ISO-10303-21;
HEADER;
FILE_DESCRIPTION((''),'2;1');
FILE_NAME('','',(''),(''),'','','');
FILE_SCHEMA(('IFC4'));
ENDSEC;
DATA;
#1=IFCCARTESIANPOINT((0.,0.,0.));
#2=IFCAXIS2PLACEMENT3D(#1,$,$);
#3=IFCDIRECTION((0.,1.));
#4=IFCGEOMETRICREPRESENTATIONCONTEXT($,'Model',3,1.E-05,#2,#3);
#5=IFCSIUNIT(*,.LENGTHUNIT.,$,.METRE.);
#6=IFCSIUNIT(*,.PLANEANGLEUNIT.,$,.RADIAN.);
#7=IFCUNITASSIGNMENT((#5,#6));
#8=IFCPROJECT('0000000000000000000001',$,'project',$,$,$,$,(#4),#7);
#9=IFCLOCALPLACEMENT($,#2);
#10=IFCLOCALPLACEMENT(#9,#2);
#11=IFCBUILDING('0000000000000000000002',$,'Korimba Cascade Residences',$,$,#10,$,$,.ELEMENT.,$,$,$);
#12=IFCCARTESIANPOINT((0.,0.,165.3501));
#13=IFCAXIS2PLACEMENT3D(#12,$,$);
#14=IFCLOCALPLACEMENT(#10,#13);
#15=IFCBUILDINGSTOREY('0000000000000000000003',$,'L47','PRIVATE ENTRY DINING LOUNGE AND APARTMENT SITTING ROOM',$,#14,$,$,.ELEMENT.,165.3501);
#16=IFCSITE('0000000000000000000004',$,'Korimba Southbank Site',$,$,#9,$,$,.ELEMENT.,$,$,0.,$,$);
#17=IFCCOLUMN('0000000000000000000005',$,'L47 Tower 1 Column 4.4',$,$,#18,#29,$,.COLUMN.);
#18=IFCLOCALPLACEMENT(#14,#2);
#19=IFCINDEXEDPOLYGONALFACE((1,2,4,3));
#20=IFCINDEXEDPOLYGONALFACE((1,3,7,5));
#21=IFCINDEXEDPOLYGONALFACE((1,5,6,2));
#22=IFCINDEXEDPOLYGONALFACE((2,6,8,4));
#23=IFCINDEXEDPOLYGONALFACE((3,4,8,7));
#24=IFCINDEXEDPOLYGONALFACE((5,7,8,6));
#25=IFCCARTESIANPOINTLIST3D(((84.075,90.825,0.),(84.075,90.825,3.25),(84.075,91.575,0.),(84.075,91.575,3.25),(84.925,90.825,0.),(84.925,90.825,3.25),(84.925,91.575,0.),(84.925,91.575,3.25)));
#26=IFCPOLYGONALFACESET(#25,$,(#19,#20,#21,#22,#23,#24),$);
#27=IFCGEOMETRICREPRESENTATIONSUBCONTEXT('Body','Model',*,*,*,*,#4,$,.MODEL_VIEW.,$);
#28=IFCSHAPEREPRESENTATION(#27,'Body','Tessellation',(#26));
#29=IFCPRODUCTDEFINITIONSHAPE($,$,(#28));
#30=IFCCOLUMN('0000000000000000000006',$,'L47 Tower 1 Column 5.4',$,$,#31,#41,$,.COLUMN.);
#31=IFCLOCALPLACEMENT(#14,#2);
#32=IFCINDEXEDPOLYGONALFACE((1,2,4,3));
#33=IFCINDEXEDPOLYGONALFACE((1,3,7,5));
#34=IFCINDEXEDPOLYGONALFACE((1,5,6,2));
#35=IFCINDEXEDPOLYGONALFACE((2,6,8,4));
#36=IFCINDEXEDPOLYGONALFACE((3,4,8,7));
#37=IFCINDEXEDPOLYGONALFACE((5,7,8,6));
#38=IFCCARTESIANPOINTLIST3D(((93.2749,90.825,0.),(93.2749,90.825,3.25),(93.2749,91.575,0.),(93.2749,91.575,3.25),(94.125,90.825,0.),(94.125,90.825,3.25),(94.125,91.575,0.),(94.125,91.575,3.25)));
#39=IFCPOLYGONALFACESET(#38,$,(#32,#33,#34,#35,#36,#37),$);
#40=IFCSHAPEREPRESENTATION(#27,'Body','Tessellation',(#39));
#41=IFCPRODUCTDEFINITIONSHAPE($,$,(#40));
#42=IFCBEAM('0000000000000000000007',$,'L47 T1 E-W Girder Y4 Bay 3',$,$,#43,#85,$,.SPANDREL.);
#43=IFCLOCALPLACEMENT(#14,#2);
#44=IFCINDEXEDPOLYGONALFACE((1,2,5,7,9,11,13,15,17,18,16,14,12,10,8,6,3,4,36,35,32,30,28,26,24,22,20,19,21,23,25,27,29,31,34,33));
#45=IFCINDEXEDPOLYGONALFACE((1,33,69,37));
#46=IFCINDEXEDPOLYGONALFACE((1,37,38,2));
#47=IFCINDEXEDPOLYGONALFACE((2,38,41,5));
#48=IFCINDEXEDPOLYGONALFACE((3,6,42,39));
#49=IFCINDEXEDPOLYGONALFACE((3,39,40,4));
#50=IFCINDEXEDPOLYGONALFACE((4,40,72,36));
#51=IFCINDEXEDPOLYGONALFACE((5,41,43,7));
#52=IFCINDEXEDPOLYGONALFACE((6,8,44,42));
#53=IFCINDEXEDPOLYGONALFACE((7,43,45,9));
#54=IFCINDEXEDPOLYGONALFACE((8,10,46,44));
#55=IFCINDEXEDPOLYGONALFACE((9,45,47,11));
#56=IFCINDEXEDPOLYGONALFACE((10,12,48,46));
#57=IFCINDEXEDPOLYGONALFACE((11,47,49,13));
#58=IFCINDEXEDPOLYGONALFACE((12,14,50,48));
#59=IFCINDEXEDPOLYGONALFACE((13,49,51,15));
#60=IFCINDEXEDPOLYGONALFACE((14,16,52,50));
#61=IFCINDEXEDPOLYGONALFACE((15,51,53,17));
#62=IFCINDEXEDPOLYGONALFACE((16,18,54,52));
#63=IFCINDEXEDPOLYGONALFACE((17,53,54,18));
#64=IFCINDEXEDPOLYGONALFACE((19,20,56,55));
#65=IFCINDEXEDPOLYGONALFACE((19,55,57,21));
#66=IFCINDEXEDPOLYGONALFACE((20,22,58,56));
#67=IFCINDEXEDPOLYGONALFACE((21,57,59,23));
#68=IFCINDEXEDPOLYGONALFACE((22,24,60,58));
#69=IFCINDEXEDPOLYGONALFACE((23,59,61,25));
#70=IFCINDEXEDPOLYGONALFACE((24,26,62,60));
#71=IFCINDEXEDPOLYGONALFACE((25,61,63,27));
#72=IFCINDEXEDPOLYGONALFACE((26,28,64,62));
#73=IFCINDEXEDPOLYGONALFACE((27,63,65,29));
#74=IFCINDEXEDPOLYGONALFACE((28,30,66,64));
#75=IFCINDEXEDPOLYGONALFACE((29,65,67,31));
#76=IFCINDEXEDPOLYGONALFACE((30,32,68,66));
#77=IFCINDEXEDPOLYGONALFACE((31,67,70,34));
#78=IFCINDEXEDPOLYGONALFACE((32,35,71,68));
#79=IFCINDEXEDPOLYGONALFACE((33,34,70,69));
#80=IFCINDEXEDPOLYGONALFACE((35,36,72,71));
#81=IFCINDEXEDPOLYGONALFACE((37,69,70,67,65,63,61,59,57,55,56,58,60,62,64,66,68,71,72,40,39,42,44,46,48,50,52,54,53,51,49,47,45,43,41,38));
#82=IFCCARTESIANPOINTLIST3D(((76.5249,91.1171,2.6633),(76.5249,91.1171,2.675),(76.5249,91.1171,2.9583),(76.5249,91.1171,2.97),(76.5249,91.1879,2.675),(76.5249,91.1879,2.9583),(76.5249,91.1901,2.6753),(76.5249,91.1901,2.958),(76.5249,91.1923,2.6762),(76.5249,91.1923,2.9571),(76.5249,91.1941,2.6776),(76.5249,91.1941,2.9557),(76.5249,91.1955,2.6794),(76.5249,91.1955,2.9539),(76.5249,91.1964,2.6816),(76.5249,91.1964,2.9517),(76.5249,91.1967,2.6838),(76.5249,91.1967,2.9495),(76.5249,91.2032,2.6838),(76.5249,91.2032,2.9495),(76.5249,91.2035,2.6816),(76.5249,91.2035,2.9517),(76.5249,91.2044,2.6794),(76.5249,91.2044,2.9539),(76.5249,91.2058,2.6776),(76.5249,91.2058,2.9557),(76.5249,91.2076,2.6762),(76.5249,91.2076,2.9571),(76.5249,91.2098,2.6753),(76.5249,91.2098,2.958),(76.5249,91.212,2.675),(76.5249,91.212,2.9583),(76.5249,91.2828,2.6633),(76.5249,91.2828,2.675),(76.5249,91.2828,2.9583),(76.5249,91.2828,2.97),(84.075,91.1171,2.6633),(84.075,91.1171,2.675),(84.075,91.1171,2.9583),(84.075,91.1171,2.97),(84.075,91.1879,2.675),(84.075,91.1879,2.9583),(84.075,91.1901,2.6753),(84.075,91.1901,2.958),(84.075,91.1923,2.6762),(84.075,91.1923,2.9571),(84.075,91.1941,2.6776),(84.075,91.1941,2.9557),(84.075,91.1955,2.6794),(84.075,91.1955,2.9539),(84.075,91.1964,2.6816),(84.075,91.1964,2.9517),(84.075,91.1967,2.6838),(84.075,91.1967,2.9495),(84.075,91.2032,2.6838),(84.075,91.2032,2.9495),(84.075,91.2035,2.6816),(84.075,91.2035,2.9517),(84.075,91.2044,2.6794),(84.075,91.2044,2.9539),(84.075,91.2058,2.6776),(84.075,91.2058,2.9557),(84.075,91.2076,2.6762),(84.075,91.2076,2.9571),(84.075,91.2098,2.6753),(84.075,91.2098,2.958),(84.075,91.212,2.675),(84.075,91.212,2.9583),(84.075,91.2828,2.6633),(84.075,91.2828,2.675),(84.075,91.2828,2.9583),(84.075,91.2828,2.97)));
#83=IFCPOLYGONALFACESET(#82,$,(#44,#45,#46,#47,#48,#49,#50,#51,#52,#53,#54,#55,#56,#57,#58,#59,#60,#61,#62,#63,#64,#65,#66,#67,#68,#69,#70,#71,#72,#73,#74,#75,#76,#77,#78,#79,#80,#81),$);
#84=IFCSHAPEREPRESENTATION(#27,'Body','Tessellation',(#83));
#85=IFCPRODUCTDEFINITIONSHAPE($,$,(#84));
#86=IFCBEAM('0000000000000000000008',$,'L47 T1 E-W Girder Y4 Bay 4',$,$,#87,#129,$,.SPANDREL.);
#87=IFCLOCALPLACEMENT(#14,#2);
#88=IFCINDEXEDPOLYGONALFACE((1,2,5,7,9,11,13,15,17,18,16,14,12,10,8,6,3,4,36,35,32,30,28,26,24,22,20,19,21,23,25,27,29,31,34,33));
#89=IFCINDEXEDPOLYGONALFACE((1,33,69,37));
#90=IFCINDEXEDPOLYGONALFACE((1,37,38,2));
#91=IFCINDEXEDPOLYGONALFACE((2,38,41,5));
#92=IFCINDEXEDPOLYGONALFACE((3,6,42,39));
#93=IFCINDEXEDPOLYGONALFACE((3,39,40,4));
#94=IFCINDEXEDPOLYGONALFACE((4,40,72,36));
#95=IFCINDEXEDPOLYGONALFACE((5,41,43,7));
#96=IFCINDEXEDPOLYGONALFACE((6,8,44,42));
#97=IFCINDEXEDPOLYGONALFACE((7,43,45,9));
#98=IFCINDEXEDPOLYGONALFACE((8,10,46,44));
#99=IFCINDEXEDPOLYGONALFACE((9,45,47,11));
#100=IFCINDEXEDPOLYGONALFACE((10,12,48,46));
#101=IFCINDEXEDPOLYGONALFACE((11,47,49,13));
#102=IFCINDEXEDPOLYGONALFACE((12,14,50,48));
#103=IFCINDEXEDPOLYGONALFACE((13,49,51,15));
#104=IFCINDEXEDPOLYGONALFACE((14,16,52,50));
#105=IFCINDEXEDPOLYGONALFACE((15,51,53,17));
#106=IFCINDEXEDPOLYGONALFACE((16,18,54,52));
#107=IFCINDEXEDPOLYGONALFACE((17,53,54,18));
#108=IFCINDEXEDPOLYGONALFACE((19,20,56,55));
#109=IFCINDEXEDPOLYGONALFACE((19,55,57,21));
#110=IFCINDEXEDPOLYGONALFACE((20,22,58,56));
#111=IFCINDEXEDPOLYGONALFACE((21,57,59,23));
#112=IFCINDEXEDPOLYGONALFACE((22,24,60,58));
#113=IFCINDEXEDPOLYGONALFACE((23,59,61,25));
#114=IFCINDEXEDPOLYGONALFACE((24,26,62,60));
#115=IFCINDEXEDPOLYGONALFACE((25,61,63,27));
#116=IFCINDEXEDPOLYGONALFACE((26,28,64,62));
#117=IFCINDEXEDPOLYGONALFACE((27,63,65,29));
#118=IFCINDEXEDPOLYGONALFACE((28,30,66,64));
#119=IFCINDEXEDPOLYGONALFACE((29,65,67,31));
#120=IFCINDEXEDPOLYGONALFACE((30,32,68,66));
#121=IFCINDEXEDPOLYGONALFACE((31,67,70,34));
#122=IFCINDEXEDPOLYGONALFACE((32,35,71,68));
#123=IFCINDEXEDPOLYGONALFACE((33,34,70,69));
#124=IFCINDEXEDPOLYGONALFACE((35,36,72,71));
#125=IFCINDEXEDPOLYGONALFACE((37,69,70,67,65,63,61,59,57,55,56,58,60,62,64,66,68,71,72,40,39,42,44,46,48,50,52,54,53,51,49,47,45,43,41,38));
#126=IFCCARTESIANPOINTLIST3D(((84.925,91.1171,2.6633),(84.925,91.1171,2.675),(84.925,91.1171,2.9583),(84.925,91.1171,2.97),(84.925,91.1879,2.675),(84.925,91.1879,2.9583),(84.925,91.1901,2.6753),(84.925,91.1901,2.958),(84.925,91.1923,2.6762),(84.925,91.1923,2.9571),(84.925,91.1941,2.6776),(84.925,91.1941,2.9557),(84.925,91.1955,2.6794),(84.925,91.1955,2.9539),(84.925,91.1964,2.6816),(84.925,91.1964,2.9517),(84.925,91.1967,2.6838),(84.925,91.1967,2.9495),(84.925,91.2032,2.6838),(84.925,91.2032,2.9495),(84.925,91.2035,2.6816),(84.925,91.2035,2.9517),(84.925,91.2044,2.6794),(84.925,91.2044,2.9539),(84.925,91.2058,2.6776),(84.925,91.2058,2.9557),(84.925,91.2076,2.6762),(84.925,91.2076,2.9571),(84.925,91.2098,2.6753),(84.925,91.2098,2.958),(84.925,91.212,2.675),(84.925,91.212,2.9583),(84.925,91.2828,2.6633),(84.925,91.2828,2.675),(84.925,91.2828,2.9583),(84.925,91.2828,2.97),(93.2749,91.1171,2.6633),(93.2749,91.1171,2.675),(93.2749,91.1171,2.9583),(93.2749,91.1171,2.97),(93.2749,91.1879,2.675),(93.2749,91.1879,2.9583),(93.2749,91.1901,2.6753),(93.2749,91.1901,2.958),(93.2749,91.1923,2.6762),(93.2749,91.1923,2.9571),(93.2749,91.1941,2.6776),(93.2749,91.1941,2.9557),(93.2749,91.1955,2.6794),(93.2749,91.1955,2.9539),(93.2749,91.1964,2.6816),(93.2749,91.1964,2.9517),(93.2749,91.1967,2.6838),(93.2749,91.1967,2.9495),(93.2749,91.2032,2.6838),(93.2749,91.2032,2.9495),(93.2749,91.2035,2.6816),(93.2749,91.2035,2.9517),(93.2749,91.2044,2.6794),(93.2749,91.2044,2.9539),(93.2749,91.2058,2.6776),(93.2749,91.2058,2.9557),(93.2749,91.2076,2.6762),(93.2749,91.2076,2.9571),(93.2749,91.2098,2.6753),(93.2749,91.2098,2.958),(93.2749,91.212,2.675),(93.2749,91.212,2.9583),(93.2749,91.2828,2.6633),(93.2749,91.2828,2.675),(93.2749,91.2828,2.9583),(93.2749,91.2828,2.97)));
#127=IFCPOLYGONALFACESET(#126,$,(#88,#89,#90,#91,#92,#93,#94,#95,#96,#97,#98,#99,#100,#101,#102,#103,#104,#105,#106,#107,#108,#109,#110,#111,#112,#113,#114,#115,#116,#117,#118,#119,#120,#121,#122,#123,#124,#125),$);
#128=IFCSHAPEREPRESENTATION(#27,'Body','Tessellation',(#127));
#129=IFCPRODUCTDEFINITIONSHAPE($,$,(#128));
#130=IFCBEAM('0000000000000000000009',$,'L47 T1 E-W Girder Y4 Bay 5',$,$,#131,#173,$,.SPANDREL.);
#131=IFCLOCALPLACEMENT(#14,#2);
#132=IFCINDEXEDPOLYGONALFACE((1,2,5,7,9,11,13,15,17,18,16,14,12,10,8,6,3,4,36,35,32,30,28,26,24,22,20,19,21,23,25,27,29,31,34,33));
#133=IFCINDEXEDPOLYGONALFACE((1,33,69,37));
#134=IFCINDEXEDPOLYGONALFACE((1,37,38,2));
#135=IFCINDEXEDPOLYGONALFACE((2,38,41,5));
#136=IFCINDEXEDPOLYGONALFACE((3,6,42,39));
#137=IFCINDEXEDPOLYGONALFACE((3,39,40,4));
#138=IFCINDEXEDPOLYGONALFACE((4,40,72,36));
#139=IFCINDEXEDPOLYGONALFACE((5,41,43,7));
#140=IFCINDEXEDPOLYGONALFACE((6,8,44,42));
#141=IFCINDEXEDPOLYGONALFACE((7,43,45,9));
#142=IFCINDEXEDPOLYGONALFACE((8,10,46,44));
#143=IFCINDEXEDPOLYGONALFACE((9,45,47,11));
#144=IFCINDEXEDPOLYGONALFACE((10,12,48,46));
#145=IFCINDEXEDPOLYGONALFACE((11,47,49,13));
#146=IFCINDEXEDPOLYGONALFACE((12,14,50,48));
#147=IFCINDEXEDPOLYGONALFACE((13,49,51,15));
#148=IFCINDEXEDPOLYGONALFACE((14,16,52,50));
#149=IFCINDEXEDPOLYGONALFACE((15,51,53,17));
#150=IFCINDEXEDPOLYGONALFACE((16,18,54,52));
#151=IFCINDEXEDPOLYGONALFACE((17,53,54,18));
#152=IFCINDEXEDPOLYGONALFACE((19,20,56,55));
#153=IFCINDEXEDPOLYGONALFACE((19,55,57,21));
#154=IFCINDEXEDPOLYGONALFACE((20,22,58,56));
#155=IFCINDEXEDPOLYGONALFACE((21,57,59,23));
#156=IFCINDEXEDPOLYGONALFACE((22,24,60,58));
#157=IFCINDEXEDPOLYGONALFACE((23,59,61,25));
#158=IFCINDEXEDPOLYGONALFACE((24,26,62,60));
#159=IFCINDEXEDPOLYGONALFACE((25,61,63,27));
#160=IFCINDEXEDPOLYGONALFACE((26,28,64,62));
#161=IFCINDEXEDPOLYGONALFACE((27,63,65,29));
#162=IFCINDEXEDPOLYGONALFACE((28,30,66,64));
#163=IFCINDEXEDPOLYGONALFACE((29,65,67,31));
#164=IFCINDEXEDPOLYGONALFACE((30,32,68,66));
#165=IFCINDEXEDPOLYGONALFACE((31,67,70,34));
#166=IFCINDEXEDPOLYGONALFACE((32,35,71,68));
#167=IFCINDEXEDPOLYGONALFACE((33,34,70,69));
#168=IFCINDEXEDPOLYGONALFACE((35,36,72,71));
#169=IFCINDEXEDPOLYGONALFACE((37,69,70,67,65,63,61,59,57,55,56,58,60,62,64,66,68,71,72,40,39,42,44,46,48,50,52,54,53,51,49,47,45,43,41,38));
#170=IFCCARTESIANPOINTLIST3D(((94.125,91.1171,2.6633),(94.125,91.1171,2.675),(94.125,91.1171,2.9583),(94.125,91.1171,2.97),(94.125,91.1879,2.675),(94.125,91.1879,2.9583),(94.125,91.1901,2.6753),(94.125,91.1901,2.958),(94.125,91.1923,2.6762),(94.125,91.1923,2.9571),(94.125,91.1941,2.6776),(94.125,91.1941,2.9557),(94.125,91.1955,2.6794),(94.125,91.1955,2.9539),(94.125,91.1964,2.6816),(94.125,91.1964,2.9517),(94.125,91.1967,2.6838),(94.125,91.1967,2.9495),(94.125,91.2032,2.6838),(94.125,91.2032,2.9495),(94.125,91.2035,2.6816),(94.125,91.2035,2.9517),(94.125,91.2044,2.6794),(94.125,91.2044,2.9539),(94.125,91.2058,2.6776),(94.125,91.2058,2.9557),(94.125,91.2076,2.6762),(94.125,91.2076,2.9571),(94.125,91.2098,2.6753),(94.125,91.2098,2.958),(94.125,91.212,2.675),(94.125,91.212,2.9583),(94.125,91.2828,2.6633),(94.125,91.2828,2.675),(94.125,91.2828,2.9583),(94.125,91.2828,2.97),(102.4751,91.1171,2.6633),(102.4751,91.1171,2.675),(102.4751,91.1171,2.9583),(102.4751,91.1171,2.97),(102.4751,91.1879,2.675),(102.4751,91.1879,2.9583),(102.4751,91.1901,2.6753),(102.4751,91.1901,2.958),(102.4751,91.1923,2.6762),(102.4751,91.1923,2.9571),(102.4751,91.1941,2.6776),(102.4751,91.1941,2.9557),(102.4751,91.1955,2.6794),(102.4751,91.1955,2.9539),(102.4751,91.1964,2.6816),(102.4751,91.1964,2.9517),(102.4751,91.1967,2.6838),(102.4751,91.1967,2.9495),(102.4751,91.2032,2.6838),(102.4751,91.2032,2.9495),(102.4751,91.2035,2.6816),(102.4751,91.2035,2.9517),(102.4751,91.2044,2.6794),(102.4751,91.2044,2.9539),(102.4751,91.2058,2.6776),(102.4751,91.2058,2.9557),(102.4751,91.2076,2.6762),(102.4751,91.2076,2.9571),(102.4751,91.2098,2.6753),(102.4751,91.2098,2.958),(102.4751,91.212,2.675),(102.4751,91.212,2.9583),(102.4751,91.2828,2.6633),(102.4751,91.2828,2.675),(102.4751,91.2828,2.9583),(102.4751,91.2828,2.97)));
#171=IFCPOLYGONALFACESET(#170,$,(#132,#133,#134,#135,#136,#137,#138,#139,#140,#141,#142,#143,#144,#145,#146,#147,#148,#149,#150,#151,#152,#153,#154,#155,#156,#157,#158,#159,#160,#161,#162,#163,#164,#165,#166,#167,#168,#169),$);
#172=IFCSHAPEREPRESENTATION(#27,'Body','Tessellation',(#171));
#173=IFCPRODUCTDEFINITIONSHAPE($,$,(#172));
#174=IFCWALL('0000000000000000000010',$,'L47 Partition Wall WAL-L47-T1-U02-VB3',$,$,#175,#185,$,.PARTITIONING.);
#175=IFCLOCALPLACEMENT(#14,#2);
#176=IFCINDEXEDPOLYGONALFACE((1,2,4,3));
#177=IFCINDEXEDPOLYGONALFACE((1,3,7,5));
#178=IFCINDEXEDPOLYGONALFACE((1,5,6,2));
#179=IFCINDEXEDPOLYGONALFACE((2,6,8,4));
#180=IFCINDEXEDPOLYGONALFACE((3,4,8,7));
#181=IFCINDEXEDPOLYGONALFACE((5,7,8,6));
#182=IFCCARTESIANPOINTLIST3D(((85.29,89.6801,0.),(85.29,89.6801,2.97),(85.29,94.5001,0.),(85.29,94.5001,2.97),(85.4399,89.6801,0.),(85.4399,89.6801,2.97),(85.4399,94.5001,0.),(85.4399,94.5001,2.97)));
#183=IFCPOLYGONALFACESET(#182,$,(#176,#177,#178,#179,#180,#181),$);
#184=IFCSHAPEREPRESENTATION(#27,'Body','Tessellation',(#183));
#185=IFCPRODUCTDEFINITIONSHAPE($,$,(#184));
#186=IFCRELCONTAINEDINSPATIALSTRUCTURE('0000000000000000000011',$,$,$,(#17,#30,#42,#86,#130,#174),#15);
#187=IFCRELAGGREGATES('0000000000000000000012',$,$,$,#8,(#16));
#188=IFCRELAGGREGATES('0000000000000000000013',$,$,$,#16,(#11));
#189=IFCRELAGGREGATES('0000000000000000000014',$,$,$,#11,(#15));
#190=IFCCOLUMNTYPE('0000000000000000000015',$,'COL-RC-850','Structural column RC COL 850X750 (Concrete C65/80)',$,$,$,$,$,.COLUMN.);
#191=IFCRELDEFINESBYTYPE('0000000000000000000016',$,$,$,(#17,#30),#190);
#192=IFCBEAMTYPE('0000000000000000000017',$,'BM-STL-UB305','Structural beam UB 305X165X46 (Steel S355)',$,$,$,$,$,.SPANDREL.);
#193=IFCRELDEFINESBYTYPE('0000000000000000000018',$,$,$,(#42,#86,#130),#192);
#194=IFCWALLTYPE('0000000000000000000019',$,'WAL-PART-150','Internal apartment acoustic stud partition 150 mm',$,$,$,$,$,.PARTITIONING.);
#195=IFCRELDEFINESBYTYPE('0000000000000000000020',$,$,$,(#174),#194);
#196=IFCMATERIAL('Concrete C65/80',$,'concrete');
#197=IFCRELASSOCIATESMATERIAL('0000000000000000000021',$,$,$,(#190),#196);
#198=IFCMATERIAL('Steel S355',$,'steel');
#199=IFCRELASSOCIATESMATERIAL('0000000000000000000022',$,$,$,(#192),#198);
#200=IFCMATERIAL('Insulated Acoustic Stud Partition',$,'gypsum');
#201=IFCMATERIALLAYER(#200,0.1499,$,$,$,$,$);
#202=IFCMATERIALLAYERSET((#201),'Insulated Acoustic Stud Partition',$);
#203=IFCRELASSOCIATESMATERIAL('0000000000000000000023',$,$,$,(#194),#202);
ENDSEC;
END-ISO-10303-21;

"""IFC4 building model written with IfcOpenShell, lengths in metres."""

from ifc_helpers import new_model, si_unit, direction, frame, frame_2d, origin, origin_2d, place, context, subcontext, project, spatial, rectangle, i_section, extrude, material, layer, layer_set, material_profile, profile_set, type_object, element, save


model = new_model("IFC4")

# Units and contexts
model_context = context("Model", 3, precision=1e-05, world=origin(), true_north=direction((0.0, 1.0)))
body_context = subcontext(model_context, "Body", "Model", "MODEL_VIEW")
ifc_project = project(units=[si_unit("LENGTHUNIT", "METRE"), si_unit("PLANEANGLEUNIT", "RADIAN")], contexts=[model_context])

# Site, building, storey
site_placement = place(None, origin())
site = spatial("IfcSite", under=ifc_project, at=site_placement, Name="Korimba Southbank Site", CompositionType="ELEMENT", RefElevation=0.0)
building_placement = place(site_placement, origin())
building = spatial("IfcBuilding", under=site, at=building_placement, Name="Korimba Cascade Residences", CompositionType="ELEMENT")
storey_placement = place(building_placement, frame((0.0, 0.0, 165.3501)))
storey = spatial("IfcBuildingStorey", under=building, at=storey_placement, Name="L47", Description="PRIVATE ENTRY DINING LOUNGE AND APARTMENT SITTING ROOM", CompositionType="ELEMENT", Elevation=165.3501)

# Columns
ifc_material_1 = material(Name="Concrete C65/80", Category="concrete")
ifc_material_profile_1 = material_profile(ifc_material_1, rectangle(XDim=0.8501, YDim=0.75, at=origin_2d()), Name="Concrete C65/80")
ifc_profile_set_1 = profile_set([ifc_material_profile_1], Name="Concrete C65/80")
column_type = type_object("IfcColumnType", Name="COL-RC-850", Description="Structural column RC COL 850X750 (Concrete C65/80)", PredefinedType="COLUMN", material=ifc_profile_set_1)
for number, where, z_axis, x_axis, name in (
    (1, (84.5, 91.2, 0.0), (0.0, 0.0, 1.0), (1.0, 0.0, 0.0), "L47 Tower 1 Column 4.4"),
    (2, (93.7, 91.2, 0.0), (0.0, 0.0, 1.0), (1.0, 0.0, 0.0), "L47 Tower 1 Column 5.4"),
):
    element("IfcColumn", number, at=place(storey_placement, frame(where, z_axis=z_axis, x_axis=x_axis)), inside=storey, type_object=column_type, Name=name, PredefinedType="COLUMN", context=body_context, shape_type="SweptSolid", body=[
        extrude(rectangle(XDim=0.8501, YDim=0.75, at=origin_2d()), origin(), (0.0, 0.0, 1.0), 3.25),
    ])

# Beams
ifc_material_2 = material(Name="Steel S355", Category="steel")
ifc_material_profile_2 = material_profile(ifc_material_2, i_section(OverallWidth=0.1658, OverallDepth=0.3066, WebThickness=0.0066, FlangeThickness=0.0117, FilletRadius=0.0088, at=origin_2d()), Name="Steel S355")
ifc_profile_set_2 = profile_set([ifc_material_profile_2], Name="Steel S355")
beam_type = type_object("IfcBeamType", Name="BM-STL-UB305", Description="Structural beam UB 305X165X46 (Steel S355)", PredefinedType="SPANDREL", material=ifc_profile_set_2)
beam_1_placement = place(storey_placement, frame((76.5249, 91.2, 2.8167), z_axis=(1.0, 0.0, 0.0), x_axis=(0.0, 1.0, 0.0)))
element("IfcBeam", 3, at=beam_1_placement, inside=storey, type_object=beam_type, Name="L47 T1 E-W Girder Y4 Bay 3", PredefinedType="SPANDREL", context=body_context, shape_type="SweptSolid", body=[
    extrude(i_section(OverallWidth=0.1658, OverallDepth=0.3066, WebThickness=0.0066, FlangeThickness=0.0117, FilletRadius=0.0088, at=origin_2d()), origin(), (0.0, 0.0, 1.0), 7.55),
])
beam_2_placement = place(storey_placement, frame((84.925, 91.2, 2.8167), z_axis=(1.0, 0.0, 0.0), x_axis=(0.0, 1.0, 0.0)))
element("IfcBeam", 4, at=beam_2_placement, inside=storey, type_object=beam_type, Name="L47 T1 E-W Girder Y4 Bay 4", PredefinedType="SPANDREL", context=body_context, shape_type="SweptSolid", body=[
    extrude(i_section(OverallWidth=0.1658, OverallDepth=0.3066, WebThickness=0.0066, FlangeThickness=0.0117, FilletRadius=0.0088, at=origin_2d()), origin(), (0.0, 0.0, 1.0), 8.3499),
])
beam_3_placement = place(storey_placement, frame((94.125, 91.2, 2.8167), z_axis=(1.0, 0.0, 0.0), x_axis=(0.0, 1.0, 0.0)))
element("IfcBeam", 5, at=beam_3_placement, inside=storey, type_object=beam_type, Name="L47 T1 E-W Girder Y4 Bay 5", PredefinedType="SPANDREL", context=body_context, shape_type="SweptSolid", body=[
    extrude(i_section(OverallWidth=0.1658, OverallDepth=0.3066, WebThickness=0.0066, FlangeThickness=0.0117, FilletRadius=0.0088, at=origin_2d()), origin(), (0.0, 0.0, 1.0), 8.3501),
])

# Wall
ifc_material_3 = material(Name="Insulated Acoustic Stud Partition", Category="gypsum")
ifc_layer = layer(ifc_material_3, 0.1499)
ifc_layer_set = layer_set([ifc_layer], Name="Insulated Acoustic Stud Partition")
wall_type = type_object("IfcWallType", Name="WAL-PART-150", Description="Internal apartment acoustic stud partition 150 mm", PredefinedType="PARTITIONING", material=ifc_layer_set)
wall_1_placement = place(storey_placement, frame((85.365, 89.6799, 0.0), z_axis=(0.0, 0.0, 1.0), x_axis=(0.0, 1.0, 0.0)))
element("IfcWall", 6, at=wall_1_placement, inside=storey, type_object=wall_type, Name="L47 Partition Wall WAL-L47-T1-U02-VB3", PredefinedType="PARTITIONING", context=body_context, shape_type="SweptSolid", body=[
    extrude(rectangle(XDim=4.8201, YDim=0.1499, at=frame_2d((2.4102, 0.0))), origin(), (0.0, 0.0, 1.0), 2.97),
])

save(model, "model.ifc")
